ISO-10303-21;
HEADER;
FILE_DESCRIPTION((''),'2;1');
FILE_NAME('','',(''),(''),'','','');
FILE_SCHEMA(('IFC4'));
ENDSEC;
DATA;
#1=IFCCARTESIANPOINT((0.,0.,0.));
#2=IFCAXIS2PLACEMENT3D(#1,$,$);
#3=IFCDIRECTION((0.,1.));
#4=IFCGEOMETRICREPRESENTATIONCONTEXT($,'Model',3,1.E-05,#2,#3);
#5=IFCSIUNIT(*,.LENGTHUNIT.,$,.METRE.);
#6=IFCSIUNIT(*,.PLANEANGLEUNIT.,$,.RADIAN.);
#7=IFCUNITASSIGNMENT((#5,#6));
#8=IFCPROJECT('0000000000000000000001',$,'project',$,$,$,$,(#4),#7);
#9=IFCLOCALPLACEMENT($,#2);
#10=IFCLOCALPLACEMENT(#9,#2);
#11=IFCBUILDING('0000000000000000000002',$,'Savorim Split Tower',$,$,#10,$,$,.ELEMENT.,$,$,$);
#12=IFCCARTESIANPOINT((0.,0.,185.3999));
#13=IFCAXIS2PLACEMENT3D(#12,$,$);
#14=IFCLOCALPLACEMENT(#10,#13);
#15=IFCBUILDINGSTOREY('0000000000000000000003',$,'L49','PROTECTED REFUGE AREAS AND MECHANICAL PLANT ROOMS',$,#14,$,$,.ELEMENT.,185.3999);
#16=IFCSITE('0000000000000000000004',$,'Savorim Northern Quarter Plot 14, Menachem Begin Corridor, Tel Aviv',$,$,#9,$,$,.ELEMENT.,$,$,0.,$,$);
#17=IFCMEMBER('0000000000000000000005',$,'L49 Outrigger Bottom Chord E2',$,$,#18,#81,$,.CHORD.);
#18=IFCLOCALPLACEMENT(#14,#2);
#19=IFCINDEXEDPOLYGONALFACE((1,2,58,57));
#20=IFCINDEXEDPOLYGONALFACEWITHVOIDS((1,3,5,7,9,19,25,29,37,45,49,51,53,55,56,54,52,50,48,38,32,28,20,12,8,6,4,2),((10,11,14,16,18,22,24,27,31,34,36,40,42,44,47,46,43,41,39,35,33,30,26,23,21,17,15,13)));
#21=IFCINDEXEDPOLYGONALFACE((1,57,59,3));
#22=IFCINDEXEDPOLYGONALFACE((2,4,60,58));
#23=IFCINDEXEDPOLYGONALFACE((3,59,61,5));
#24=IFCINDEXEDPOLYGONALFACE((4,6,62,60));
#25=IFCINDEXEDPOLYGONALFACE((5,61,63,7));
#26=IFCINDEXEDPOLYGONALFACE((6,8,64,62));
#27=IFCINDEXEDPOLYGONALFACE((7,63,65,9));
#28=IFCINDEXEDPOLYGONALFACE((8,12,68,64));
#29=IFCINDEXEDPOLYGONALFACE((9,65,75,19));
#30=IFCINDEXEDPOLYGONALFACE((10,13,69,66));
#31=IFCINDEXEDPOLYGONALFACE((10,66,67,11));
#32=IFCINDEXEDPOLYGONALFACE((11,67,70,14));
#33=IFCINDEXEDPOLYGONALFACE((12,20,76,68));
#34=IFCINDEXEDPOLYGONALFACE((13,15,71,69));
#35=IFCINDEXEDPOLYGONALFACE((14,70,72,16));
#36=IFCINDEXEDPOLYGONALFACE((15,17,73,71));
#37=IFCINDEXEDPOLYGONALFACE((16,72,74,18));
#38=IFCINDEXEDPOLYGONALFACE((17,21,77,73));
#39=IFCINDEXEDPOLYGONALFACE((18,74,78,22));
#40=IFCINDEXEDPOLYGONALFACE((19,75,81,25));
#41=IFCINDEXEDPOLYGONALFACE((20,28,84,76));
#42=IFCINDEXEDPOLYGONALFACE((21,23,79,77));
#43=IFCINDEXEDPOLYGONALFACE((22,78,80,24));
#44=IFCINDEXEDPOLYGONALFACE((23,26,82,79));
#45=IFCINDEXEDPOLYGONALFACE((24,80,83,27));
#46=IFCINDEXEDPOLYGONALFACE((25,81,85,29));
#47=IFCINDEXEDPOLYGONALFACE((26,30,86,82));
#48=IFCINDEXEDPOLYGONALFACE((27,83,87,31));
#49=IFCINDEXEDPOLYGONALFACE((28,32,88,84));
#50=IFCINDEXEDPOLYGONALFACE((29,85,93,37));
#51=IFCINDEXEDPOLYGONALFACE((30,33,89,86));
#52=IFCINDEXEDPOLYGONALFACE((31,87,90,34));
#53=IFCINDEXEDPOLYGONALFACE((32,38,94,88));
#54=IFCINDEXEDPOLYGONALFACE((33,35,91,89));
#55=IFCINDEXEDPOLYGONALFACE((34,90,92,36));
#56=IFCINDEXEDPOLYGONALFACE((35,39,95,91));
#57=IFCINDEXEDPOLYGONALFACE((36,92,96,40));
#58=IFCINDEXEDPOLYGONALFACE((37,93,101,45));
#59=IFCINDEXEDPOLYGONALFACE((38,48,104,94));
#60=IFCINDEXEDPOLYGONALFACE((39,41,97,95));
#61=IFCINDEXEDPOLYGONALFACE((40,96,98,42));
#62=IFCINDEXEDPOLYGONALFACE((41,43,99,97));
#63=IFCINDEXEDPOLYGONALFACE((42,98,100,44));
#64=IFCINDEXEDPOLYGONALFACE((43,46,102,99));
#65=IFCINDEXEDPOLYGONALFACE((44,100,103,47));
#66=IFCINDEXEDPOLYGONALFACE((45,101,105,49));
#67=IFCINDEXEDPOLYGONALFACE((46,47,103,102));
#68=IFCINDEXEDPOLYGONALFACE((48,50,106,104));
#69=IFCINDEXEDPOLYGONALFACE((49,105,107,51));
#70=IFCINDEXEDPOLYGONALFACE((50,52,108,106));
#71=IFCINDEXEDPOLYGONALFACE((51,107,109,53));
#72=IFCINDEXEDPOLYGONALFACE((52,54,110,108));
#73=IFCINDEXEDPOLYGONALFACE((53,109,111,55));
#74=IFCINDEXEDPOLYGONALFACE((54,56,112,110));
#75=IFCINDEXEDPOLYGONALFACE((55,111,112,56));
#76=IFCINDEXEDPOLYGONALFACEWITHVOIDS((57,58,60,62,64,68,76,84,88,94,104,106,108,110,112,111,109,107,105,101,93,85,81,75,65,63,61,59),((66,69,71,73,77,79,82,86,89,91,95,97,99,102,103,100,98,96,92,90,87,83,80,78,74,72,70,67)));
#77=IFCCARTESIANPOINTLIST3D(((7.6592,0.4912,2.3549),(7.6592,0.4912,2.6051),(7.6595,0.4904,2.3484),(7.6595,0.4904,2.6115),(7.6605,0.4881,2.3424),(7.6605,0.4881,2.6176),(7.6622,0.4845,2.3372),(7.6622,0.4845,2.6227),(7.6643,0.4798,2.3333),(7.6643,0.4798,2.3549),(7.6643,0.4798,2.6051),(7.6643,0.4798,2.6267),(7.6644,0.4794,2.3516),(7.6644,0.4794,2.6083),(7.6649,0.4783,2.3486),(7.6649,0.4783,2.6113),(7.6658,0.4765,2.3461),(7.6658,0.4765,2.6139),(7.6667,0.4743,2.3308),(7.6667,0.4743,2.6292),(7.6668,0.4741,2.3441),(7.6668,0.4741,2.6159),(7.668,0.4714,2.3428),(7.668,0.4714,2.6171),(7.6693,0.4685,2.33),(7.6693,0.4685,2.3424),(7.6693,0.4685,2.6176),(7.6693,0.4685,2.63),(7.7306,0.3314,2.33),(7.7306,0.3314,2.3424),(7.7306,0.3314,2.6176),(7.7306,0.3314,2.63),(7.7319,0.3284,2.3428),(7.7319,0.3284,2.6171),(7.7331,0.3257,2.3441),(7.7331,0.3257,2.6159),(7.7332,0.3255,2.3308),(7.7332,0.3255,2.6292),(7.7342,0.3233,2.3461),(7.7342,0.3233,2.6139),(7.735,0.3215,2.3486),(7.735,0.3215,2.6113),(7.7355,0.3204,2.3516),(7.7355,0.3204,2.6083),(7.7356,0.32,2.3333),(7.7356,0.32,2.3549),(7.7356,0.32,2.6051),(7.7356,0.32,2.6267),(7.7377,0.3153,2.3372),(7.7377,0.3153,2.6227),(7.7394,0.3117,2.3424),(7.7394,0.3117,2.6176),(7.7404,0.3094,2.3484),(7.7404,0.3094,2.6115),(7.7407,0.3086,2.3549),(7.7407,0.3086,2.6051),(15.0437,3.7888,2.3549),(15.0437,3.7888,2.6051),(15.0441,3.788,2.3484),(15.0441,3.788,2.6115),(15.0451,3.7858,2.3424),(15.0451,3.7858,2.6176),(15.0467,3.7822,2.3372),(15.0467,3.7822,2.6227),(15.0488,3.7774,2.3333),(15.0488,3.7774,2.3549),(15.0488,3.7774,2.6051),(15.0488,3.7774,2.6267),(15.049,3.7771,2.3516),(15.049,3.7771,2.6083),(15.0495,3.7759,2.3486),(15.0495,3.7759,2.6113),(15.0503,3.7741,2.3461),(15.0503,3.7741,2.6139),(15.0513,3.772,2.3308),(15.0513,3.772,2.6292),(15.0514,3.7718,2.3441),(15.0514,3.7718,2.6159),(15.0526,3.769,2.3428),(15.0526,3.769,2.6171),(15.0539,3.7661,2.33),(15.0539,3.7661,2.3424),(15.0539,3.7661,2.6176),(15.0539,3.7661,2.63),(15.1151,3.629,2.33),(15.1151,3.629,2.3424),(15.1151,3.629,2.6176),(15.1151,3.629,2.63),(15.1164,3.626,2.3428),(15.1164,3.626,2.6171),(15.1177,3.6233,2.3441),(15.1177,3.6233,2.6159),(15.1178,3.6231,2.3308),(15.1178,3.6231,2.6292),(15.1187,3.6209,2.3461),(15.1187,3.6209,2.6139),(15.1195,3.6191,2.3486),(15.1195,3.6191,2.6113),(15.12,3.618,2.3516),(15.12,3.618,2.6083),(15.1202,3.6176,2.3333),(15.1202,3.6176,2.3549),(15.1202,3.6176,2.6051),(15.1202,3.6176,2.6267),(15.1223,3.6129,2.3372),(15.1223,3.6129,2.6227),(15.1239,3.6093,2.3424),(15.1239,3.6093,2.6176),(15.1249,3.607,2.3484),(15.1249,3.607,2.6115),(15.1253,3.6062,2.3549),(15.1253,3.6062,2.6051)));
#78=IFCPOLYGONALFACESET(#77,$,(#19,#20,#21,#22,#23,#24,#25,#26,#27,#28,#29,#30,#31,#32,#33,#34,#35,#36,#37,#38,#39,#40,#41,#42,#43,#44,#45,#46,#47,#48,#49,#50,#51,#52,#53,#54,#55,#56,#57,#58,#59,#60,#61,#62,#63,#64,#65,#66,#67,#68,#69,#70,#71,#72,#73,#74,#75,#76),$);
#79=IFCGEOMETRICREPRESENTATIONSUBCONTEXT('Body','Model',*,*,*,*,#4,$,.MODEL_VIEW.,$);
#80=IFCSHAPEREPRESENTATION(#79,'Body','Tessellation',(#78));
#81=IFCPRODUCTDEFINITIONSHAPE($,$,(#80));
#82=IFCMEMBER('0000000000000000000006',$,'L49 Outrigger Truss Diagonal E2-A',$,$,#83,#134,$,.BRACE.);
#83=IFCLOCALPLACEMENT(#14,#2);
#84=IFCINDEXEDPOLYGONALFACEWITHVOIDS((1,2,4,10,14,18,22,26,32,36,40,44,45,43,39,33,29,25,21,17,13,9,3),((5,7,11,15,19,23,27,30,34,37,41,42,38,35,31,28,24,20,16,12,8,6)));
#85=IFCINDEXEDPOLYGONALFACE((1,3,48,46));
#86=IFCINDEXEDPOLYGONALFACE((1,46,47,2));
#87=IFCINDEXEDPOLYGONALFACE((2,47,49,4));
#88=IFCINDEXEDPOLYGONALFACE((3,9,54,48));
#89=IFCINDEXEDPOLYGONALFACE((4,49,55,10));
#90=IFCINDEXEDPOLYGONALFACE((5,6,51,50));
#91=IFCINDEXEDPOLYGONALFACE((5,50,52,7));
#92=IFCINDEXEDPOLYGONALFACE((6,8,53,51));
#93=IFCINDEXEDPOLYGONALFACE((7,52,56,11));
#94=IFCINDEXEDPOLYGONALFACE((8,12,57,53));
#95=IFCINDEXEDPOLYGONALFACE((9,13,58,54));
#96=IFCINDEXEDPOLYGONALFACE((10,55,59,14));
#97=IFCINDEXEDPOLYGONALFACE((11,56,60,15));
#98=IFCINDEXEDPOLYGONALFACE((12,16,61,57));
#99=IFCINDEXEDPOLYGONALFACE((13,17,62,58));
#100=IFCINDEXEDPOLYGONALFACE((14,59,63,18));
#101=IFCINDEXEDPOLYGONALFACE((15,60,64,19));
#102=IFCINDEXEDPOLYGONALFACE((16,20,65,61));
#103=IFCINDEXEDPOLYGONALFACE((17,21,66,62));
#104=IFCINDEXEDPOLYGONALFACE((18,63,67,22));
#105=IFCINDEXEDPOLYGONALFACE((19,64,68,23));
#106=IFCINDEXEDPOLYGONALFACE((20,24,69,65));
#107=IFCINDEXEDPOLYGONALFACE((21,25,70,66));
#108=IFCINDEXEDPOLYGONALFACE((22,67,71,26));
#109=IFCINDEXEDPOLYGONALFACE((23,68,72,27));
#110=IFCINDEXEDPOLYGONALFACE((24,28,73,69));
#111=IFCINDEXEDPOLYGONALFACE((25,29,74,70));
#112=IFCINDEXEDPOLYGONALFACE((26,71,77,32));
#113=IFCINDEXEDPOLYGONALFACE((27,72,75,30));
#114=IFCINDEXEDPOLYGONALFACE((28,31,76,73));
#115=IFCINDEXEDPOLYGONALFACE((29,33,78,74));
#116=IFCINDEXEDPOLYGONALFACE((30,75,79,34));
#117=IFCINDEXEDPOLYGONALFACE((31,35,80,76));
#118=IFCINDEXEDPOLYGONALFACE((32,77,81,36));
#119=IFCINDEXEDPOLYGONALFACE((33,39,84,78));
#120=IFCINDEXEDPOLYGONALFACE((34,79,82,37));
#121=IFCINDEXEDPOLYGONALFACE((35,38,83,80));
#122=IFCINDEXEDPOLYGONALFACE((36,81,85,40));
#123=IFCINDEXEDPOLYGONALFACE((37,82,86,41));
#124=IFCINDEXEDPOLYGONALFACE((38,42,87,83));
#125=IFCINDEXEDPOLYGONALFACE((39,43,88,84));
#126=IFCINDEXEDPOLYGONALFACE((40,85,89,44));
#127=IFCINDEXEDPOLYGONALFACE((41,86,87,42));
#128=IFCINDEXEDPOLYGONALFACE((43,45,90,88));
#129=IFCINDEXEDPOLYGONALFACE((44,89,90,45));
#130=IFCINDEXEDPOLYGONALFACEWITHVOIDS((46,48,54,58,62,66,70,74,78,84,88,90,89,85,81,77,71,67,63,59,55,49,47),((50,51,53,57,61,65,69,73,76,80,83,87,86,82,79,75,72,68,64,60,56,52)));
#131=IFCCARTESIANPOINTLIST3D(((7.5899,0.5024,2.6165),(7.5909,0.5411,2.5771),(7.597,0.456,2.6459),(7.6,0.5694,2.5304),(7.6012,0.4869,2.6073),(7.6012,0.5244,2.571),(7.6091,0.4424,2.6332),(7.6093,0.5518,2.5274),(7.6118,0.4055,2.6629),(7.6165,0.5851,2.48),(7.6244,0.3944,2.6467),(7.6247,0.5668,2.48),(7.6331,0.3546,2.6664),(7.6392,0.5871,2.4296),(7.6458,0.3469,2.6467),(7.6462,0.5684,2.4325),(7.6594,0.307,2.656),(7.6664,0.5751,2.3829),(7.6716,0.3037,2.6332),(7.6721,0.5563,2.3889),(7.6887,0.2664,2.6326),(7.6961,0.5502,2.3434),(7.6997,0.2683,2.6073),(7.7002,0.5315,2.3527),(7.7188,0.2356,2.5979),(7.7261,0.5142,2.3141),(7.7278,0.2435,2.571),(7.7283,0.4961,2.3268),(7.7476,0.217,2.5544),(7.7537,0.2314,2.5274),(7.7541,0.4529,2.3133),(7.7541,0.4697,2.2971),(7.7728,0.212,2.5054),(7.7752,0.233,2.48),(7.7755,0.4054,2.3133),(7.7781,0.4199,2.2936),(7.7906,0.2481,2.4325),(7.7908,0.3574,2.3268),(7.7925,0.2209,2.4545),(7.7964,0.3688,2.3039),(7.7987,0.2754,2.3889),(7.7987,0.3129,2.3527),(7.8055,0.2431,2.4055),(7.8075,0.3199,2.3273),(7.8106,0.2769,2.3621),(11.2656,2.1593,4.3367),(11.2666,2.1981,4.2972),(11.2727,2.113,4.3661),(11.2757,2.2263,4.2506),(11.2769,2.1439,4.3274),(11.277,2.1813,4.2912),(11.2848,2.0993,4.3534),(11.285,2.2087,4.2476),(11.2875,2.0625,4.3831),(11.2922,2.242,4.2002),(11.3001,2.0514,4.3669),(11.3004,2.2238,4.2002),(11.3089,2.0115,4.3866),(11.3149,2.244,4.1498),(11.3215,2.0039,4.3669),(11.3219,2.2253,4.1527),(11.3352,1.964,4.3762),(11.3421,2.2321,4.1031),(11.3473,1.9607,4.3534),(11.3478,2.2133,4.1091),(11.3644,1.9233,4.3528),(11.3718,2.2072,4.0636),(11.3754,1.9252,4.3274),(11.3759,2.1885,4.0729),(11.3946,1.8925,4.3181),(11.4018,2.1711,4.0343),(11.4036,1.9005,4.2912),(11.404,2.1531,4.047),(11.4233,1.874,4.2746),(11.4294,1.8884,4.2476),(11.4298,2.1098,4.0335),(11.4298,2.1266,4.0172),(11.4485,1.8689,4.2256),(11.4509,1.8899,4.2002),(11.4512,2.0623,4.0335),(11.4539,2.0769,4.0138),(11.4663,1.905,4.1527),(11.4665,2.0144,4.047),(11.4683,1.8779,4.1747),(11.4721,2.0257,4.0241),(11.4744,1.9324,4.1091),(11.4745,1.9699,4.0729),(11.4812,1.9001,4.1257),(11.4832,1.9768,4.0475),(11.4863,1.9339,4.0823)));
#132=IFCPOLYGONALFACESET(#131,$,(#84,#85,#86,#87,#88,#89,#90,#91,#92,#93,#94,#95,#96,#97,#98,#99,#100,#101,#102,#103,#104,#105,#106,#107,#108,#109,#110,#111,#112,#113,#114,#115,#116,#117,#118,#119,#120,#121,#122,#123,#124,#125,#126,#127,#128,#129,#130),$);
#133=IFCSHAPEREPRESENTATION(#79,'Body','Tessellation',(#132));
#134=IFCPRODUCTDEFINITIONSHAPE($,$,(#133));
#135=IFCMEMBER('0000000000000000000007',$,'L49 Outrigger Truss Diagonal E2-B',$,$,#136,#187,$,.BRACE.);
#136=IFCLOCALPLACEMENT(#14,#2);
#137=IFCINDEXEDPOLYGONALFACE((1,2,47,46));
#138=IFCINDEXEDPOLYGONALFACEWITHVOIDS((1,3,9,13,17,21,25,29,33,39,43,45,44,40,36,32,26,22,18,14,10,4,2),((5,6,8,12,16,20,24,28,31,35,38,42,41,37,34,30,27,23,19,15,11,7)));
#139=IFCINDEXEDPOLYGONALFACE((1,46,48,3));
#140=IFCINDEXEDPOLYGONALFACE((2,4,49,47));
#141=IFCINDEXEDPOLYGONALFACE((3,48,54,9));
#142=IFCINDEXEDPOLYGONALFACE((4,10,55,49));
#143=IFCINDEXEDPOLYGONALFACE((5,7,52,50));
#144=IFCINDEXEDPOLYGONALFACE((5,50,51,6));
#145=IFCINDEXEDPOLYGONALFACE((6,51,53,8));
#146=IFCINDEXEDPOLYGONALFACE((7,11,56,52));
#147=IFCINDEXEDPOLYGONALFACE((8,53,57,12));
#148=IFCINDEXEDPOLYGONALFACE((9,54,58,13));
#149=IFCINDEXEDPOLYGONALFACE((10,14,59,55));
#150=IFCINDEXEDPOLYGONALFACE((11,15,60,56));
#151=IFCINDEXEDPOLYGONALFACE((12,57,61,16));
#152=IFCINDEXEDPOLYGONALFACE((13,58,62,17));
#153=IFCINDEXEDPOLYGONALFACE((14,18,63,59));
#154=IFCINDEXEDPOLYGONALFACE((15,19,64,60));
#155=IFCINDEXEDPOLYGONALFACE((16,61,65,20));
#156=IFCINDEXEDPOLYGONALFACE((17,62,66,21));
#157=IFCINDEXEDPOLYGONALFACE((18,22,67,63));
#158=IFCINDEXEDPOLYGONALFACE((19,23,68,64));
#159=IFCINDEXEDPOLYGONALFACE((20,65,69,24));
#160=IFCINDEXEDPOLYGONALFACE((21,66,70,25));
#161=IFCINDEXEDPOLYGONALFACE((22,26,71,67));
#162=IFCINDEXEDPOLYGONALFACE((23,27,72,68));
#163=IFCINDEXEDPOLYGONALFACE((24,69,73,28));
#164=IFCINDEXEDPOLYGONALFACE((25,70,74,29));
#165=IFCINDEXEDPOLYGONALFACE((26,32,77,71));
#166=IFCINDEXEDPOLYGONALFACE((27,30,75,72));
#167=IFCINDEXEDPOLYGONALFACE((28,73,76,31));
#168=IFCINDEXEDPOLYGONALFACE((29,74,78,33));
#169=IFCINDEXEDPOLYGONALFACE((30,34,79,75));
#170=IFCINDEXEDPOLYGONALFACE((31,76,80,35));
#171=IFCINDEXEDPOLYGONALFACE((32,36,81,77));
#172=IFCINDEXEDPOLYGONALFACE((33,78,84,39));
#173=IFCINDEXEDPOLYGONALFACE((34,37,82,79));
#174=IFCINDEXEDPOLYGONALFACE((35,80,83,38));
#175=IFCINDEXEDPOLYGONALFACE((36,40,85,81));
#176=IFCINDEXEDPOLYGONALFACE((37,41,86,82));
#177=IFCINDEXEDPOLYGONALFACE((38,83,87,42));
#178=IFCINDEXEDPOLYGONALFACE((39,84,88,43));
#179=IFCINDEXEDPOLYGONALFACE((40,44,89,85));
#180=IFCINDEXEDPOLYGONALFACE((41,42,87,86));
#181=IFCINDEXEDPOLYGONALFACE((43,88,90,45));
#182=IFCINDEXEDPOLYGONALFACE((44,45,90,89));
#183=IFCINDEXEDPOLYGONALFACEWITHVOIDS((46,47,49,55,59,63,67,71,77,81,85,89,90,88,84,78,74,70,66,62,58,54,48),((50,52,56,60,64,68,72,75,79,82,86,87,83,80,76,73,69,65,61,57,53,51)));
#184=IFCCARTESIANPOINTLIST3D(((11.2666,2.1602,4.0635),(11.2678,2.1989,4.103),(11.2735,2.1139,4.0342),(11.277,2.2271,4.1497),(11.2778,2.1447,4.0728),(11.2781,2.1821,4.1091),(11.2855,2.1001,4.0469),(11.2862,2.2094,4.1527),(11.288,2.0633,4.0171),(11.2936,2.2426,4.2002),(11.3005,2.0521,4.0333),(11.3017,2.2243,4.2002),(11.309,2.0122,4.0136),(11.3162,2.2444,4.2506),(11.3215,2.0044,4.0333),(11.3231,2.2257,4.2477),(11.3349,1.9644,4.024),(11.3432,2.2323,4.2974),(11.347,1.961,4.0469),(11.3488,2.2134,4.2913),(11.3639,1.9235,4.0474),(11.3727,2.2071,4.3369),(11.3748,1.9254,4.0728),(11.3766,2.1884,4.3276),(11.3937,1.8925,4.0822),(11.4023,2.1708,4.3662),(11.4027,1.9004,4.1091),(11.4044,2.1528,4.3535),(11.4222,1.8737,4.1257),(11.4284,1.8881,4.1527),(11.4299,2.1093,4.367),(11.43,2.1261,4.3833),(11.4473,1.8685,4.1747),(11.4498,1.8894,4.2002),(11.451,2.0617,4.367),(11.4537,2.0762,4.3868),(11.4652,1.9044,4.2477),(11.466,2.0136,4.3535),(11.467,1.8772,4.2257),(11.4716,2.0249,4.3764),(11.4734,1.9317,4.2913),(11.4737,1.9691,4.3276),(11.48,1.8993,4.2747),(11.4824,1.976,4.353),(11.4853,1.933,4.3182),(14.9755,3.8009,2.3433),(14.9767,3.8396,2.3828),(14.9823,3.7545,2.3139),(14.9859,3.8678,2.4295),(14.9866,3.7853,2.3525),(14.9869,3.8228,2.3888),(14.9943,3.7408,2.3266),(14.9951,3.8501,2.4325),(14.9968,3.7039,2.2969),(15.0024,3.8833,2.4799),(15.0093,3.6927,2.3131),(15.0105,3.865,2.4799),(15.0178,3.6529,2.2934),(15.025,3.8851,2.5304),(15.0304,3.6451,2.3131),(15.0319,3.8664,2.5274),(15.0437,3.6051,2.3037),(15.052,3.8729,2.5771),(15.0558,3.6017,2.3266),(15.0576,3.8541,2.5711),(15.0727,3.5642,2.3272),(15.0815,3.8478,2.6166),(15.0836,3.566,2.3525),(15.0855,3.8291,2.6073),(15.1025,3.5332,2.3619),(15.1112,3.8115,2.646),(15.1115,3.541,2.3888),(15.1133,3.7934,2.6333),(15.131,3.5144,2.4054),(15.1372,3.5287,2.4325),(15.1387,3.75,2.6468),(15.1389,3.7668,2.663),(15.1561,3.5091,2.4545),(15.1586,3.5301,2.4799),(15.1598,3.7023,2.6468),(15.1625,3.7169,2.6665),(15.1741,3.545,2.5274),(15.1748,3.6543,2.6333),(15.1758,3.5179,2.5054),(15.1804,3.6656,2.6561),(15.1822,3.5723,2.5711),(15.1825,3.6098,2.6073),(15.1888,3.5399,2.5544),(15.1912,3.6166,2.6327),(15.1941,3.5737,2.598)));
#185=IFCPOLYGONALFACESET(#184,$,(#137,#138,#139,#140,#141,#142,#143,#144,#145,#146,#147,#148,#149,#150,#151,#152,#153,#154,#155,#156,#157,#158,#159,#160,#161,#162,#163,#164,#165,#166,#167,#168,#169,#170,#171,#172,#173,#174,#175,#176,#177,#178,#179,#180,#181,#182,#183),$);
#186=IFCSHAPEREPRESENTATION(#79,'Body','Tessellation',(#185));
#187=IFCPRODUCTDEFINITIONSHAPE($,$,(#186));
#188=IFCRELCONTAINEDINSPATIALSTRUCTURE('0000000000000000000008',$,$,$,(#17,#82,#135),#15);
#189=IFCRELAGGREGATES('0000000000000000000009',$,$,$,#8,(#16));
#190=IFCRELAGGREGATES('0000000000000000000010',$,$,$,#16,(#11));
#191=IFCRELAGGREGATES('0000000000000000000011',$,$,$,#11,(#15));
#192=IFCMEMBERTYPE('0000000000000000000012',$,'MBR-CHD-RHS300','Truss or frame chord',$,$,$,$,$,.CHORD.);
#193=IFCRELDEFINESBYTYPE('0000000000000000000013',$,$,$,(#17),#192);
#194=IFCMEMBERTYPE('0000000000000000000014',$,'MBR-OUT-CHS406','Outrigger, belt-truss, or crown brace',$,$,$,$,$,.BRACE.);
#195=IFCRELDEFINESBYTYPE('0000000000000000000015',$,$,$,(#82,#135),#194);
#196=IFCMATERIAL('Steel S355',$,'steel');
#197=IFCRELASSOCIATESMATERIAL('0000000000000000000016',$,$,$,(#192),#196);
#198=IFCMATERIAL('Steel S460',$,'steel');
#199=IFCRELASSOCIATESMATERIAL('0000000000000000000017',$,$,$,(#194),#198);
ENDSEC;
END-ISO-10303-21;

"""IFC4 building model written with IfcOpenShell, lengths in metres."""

from ifc_helpers import new_model, si_unit, direction, frame, origin, origin_2d, place, context, subcontext, project, spatial, hollow_rectangle, hollow_circle, extrude, material, material_profile, profile_set, type_object, element, save


model = new_model("IFC4")

# Units and contexts
model_context = context("Model", 3, precision=1e-05, world=origin(), true_north=direction((0.0, 1.0)))
body_context = subcontext(model_context, "Body", "Model", "MODEL_VIEW")
ifc_project = project(units=[si_unit("LENGTHUNIT", "METRE"), si_unit("PLANEANGLEUNIT", "RADIAN")], contexts=[model_context])

# Site, building, storey
site_placement = place(None, origin())
site = spatial("IfcSite", under=ifc_project, at=site_placement, Name="Savorim Northern Quarter Plot 14, Menachem Begin Corridor, Tel Aviv", CompositionType="ELEMENT", RefElevation=0.0)
building_placement = place(site_placement, origin())
building = spatial("IfcBuilding", under=site, at=building_placement, Name="Savorim Split Tower", CompositionType="ELEMENT")
storey_placement = place(building_placement, frame((0.0, 0.0, 185.3999)))
storey = spatial("IfcBuildingStorey", under=building, at=storey_placement, Name="L49", Description="PROTECTED REFUGE AREAS AND MECHANICAL PLANT ROOMS", CompositionType="ELEMENT", Elevation=185.3999)

# Shared definitions
ifc_material_1 = material(Name="Steel S460", Category="steel")

# Shared definitions
ifc_material_2 = material(Name="Steel S355", Category="steel")

# Members
ifc_material_profile_1 = material_profile(ifc_material_2, hollow_rectangle(XDim=0.2, YDim=0.3, WallThickness=0.0125, InnerFilletRadius=0.0125, OuterFilletRadius=0.0249, at=origin_2d()), Name="RHS 300x200x12.5")
ifc_profile_set_1 = profile_set([ifc_material_profile_1], Name="Steel S355")
member_type_1 = type_object("IfcMemberType", Name="MBR-CHD-RHS300", Description="Truss or frame chord", PredefinedType="CHORD", material=ifc_profile_set_1)
member_1_placement = place(storey_placement, frame((7.7, 0.3999, 2.48), z_axis=(0.913094, 0.407748, 0.0), x_axis=(-0.407748, 0.913094, 0.0)))
element("IfcMember", 1, at=member_1_placement, inside=storey, type_object=member_type_1, Name="L49 Outrigger Bottom Chord E2", PredefinedType="CHORD", context=body_context, shape_type="SweptSolid", body=[
    extrude(hollow_rectangle(XDim=0.2, YDim=0.3, WallThickness=0.0125, InnerFilletRadius=0.0125, OuterFilletRadius=0.0249, at=origin_2d()), origin(), (0.0, 0.0, 1.0), 8.0874),
])
ifc_material_profile_2 = material_profile(ifc_material_1, hollow_circle(Radius=0.2031, WallThickness=0.02, at=origin_2d()), Name="CHS 406.4x20")
ifc_profile_set_2 = profile_set([ifc_material_profile_2], Name="Steel S460")
member_type_2 = type_object("IfcMemberType", Name="MBR-OUT-CHS406", Description="Outrigger, belt-truss, or crown brace", PredefinedType="BRACE", material=ifc_profile_set_2)
member_2_placement = place(storey_placement, frame((7.7, 0.3999, 2.48), z_axis=(0.838527, 0.377994, 0.392419), x_axis=(-0.410959, 0.911654, 0.0)))
element("IfcMember", 2, at=member_2_placement, inside=storey, type_object=member_type_2, Name="L49 Outrigger Truss Diagonal E2-A", PredefinedType="BRACE", context=body_context, shape_type="SweptSolid", body=[
    extrude(hollow_circle(Radius=0.2031, WallThickness=0.02, at=origin_2d()), origin(), (0.0, 0.0, 1.0), 4.3835),
])
member_3_placement = place(storey_placement, frame((11.3757, 2.0569, 4.2002), z_axis=(0.841906, 0.372432, -0.390499), x_axis=(-0.404552, 0.914515, 0.0)))
element("IfcMember", 3, at=member_3_placement, inside=storey, type_object=member_type_2, Name="L49 Outrigger Truss Diagonal E2-B", PredefinedType="BRACE", context=body_context, shape_type="SweptSolid", body=[
    extrude(hollow_circle(Radius=0.2031, WallThickness=0.02, at=origin_2d()), origin(), (0.0, 0.0, 1.0), 4.4053),
])

save(model, "model.ifc")
